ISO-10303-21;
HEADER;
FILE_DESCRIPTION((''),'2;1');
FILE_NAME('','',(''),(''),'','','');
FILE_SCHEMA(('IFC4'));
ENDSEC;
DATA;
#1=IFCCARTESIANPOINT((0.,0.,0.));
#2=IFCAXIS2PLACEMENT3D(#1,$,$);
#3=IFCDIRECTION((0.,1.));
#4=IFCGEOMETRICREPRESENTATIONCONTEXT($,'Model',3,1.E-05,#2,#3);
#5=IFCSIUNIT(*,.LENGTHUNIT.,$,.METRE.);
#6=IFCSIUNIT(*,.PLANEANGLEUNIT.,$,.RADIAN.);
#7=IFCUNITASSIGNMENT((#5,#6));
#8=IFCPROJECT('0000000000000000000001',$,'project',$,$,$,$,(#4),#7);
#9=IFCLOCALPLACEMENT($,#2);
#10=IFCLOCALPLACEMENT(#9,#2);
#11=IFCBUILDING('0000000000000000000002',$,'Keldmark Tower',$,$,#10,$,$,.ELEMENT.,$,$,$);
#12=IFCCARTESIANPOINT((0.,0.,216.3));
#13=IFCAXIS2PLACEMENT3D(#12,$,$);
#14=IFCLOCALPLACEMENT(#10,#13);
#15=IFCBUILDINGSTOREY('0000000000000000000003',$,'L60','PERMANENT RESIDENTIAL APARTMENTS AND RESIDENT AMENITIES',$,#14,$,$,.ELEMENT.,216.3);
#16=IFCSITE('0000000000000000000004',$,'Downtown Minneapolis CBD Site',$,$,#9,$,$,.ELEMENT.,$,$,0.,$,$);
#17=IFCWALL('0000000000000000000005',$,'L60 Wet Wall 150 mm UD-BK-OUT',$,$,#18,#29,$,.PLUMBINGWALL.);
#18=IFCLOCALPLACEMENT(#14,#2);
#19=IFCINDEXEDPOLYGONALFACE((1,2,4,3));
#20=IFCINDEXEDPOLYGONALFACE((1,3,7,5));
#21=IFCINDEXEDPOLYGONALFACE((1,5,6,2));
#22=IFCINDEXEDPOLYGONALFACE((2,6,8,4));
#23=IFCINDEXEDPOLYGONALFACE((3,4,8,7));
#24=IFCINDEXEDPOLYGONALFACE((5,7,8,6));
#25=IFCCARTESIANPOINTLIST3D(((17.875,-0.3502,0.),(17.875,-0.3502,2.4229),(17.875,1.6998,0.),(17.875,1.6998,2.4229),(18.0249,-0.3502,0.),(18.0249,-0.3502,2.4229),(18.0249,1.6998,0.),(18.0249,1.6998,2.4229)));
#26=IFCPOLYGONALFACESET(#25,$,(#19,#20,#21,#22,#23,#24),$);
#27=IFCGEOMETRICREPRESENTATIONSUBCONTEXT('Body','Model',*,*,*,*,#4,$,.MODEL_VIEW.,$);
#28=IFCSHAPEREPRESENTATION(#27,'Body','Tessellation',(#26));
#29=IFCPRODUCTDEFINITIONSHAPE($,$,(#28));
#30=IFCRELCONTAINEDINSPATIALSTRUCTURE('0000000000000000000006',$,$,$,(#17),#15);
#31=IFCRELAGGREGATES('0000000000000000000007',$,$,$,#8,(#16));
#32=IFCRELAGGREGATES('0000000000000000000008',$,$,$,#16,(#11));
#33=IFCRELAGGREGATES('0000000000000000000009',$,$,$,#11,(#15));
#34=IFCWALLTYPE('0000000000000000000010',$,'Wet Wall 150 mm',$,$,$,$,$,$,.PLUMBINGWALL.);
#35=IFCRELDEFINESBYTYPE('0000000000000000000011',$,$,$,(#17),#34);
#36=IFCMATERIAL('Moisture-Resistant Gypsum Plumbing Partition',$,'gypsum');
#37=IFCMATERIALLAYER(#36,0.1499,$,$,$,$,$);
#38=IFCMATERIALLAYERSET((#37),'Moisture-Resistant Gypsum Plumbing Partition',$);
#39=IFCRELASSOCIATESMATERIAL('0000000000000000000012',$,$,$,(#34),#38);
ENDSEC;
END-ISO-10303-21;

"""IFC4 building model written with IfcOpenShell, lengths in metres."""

from ifc_helpers import new_model, si_unit, direction, frame, frame_2d, origin, place, context, subcontext, project, spatial, rectangle, extrude, material, layer, layer_set, type_object, element, save


model = new_model("IFC4")

# Units and contexts
model_context = context("Model", 3, precision=1e-05, world=origin(), true_north=direction((0.0, 1.0)))
body_context = subcontext(model_context, "Body", "Model", "MODEL_VIEW")
ifc_project = project(units=[si_unit("LENGTHUNIT", "METRE"), si_unit("PLANEANGLEUNIT", "RADIAN")], contexts=[model_context])

# Site, building, storey
site_placement = place(None, origin())
site = spatial("IfcSite", under=ifc_project, at=site_placement, Name="Downtown Minneapolis CBD Site", CompositionType="ELEMENT", RefElevation=0.0)
building_placement = place(site_placement, origin())
building = spatial("IfcBuilding", under=site, at=building_placement, Name="Keldmark Tower", CompositionType="ELEMENT")
storey_placement = place(building_placement, frame((0.0, 0.0, 216.3)))
storey = spatial("IfcBuildingStorey", under=building, at=storey_placement, Name="L60", Description="PERMANENT RESIDENTIAL APARTMENTS AND RESIDENT AMENITIES", CompositionType="ELEMENT", Elevation=216.3)

# Wall
ifc_material_1 = material(Name="Moisture-Resistant Gypsum Plumbing Partition", Category="gypsum")
ifc_layer_1 = layer(ifc_material_1, 0.1499)
ifc_layer_set_1 = layer_set([ifc_layer_1], Name="Moisture-Resistant Gypsum Plumbing Partition")
wall_type_1 = type_object("IfcWallType", Name="Wet Wall 150 mm", PredefinedType="PLUMBINGWALL", material=ifc_layer_set_1)
wall_1_placement = place(storey_placement, frame((17.95, -0.3501, 0.0), z_axis=(0.0, 0.0, 1.0), x_axis=(0.0, 1.0, 0.0)))
element("IfcWall", 1, at=wall_1_placement, inside=storey, type_object=wall_type_1, Name="L60 Wet Wall 150 mm UD-BK-OUT", PredefinedType="PLUMBINGWALL", context=body_context, shape_type="SweptSolid", body=[
    extrude(rectangle(XDim=2.05, YDim=0.1499, at=frame_2d((1.0249, 0.0))), origin(), (0.0, 0.0, 1.0), 2.4229),
])

save(model, "model.ifc")
